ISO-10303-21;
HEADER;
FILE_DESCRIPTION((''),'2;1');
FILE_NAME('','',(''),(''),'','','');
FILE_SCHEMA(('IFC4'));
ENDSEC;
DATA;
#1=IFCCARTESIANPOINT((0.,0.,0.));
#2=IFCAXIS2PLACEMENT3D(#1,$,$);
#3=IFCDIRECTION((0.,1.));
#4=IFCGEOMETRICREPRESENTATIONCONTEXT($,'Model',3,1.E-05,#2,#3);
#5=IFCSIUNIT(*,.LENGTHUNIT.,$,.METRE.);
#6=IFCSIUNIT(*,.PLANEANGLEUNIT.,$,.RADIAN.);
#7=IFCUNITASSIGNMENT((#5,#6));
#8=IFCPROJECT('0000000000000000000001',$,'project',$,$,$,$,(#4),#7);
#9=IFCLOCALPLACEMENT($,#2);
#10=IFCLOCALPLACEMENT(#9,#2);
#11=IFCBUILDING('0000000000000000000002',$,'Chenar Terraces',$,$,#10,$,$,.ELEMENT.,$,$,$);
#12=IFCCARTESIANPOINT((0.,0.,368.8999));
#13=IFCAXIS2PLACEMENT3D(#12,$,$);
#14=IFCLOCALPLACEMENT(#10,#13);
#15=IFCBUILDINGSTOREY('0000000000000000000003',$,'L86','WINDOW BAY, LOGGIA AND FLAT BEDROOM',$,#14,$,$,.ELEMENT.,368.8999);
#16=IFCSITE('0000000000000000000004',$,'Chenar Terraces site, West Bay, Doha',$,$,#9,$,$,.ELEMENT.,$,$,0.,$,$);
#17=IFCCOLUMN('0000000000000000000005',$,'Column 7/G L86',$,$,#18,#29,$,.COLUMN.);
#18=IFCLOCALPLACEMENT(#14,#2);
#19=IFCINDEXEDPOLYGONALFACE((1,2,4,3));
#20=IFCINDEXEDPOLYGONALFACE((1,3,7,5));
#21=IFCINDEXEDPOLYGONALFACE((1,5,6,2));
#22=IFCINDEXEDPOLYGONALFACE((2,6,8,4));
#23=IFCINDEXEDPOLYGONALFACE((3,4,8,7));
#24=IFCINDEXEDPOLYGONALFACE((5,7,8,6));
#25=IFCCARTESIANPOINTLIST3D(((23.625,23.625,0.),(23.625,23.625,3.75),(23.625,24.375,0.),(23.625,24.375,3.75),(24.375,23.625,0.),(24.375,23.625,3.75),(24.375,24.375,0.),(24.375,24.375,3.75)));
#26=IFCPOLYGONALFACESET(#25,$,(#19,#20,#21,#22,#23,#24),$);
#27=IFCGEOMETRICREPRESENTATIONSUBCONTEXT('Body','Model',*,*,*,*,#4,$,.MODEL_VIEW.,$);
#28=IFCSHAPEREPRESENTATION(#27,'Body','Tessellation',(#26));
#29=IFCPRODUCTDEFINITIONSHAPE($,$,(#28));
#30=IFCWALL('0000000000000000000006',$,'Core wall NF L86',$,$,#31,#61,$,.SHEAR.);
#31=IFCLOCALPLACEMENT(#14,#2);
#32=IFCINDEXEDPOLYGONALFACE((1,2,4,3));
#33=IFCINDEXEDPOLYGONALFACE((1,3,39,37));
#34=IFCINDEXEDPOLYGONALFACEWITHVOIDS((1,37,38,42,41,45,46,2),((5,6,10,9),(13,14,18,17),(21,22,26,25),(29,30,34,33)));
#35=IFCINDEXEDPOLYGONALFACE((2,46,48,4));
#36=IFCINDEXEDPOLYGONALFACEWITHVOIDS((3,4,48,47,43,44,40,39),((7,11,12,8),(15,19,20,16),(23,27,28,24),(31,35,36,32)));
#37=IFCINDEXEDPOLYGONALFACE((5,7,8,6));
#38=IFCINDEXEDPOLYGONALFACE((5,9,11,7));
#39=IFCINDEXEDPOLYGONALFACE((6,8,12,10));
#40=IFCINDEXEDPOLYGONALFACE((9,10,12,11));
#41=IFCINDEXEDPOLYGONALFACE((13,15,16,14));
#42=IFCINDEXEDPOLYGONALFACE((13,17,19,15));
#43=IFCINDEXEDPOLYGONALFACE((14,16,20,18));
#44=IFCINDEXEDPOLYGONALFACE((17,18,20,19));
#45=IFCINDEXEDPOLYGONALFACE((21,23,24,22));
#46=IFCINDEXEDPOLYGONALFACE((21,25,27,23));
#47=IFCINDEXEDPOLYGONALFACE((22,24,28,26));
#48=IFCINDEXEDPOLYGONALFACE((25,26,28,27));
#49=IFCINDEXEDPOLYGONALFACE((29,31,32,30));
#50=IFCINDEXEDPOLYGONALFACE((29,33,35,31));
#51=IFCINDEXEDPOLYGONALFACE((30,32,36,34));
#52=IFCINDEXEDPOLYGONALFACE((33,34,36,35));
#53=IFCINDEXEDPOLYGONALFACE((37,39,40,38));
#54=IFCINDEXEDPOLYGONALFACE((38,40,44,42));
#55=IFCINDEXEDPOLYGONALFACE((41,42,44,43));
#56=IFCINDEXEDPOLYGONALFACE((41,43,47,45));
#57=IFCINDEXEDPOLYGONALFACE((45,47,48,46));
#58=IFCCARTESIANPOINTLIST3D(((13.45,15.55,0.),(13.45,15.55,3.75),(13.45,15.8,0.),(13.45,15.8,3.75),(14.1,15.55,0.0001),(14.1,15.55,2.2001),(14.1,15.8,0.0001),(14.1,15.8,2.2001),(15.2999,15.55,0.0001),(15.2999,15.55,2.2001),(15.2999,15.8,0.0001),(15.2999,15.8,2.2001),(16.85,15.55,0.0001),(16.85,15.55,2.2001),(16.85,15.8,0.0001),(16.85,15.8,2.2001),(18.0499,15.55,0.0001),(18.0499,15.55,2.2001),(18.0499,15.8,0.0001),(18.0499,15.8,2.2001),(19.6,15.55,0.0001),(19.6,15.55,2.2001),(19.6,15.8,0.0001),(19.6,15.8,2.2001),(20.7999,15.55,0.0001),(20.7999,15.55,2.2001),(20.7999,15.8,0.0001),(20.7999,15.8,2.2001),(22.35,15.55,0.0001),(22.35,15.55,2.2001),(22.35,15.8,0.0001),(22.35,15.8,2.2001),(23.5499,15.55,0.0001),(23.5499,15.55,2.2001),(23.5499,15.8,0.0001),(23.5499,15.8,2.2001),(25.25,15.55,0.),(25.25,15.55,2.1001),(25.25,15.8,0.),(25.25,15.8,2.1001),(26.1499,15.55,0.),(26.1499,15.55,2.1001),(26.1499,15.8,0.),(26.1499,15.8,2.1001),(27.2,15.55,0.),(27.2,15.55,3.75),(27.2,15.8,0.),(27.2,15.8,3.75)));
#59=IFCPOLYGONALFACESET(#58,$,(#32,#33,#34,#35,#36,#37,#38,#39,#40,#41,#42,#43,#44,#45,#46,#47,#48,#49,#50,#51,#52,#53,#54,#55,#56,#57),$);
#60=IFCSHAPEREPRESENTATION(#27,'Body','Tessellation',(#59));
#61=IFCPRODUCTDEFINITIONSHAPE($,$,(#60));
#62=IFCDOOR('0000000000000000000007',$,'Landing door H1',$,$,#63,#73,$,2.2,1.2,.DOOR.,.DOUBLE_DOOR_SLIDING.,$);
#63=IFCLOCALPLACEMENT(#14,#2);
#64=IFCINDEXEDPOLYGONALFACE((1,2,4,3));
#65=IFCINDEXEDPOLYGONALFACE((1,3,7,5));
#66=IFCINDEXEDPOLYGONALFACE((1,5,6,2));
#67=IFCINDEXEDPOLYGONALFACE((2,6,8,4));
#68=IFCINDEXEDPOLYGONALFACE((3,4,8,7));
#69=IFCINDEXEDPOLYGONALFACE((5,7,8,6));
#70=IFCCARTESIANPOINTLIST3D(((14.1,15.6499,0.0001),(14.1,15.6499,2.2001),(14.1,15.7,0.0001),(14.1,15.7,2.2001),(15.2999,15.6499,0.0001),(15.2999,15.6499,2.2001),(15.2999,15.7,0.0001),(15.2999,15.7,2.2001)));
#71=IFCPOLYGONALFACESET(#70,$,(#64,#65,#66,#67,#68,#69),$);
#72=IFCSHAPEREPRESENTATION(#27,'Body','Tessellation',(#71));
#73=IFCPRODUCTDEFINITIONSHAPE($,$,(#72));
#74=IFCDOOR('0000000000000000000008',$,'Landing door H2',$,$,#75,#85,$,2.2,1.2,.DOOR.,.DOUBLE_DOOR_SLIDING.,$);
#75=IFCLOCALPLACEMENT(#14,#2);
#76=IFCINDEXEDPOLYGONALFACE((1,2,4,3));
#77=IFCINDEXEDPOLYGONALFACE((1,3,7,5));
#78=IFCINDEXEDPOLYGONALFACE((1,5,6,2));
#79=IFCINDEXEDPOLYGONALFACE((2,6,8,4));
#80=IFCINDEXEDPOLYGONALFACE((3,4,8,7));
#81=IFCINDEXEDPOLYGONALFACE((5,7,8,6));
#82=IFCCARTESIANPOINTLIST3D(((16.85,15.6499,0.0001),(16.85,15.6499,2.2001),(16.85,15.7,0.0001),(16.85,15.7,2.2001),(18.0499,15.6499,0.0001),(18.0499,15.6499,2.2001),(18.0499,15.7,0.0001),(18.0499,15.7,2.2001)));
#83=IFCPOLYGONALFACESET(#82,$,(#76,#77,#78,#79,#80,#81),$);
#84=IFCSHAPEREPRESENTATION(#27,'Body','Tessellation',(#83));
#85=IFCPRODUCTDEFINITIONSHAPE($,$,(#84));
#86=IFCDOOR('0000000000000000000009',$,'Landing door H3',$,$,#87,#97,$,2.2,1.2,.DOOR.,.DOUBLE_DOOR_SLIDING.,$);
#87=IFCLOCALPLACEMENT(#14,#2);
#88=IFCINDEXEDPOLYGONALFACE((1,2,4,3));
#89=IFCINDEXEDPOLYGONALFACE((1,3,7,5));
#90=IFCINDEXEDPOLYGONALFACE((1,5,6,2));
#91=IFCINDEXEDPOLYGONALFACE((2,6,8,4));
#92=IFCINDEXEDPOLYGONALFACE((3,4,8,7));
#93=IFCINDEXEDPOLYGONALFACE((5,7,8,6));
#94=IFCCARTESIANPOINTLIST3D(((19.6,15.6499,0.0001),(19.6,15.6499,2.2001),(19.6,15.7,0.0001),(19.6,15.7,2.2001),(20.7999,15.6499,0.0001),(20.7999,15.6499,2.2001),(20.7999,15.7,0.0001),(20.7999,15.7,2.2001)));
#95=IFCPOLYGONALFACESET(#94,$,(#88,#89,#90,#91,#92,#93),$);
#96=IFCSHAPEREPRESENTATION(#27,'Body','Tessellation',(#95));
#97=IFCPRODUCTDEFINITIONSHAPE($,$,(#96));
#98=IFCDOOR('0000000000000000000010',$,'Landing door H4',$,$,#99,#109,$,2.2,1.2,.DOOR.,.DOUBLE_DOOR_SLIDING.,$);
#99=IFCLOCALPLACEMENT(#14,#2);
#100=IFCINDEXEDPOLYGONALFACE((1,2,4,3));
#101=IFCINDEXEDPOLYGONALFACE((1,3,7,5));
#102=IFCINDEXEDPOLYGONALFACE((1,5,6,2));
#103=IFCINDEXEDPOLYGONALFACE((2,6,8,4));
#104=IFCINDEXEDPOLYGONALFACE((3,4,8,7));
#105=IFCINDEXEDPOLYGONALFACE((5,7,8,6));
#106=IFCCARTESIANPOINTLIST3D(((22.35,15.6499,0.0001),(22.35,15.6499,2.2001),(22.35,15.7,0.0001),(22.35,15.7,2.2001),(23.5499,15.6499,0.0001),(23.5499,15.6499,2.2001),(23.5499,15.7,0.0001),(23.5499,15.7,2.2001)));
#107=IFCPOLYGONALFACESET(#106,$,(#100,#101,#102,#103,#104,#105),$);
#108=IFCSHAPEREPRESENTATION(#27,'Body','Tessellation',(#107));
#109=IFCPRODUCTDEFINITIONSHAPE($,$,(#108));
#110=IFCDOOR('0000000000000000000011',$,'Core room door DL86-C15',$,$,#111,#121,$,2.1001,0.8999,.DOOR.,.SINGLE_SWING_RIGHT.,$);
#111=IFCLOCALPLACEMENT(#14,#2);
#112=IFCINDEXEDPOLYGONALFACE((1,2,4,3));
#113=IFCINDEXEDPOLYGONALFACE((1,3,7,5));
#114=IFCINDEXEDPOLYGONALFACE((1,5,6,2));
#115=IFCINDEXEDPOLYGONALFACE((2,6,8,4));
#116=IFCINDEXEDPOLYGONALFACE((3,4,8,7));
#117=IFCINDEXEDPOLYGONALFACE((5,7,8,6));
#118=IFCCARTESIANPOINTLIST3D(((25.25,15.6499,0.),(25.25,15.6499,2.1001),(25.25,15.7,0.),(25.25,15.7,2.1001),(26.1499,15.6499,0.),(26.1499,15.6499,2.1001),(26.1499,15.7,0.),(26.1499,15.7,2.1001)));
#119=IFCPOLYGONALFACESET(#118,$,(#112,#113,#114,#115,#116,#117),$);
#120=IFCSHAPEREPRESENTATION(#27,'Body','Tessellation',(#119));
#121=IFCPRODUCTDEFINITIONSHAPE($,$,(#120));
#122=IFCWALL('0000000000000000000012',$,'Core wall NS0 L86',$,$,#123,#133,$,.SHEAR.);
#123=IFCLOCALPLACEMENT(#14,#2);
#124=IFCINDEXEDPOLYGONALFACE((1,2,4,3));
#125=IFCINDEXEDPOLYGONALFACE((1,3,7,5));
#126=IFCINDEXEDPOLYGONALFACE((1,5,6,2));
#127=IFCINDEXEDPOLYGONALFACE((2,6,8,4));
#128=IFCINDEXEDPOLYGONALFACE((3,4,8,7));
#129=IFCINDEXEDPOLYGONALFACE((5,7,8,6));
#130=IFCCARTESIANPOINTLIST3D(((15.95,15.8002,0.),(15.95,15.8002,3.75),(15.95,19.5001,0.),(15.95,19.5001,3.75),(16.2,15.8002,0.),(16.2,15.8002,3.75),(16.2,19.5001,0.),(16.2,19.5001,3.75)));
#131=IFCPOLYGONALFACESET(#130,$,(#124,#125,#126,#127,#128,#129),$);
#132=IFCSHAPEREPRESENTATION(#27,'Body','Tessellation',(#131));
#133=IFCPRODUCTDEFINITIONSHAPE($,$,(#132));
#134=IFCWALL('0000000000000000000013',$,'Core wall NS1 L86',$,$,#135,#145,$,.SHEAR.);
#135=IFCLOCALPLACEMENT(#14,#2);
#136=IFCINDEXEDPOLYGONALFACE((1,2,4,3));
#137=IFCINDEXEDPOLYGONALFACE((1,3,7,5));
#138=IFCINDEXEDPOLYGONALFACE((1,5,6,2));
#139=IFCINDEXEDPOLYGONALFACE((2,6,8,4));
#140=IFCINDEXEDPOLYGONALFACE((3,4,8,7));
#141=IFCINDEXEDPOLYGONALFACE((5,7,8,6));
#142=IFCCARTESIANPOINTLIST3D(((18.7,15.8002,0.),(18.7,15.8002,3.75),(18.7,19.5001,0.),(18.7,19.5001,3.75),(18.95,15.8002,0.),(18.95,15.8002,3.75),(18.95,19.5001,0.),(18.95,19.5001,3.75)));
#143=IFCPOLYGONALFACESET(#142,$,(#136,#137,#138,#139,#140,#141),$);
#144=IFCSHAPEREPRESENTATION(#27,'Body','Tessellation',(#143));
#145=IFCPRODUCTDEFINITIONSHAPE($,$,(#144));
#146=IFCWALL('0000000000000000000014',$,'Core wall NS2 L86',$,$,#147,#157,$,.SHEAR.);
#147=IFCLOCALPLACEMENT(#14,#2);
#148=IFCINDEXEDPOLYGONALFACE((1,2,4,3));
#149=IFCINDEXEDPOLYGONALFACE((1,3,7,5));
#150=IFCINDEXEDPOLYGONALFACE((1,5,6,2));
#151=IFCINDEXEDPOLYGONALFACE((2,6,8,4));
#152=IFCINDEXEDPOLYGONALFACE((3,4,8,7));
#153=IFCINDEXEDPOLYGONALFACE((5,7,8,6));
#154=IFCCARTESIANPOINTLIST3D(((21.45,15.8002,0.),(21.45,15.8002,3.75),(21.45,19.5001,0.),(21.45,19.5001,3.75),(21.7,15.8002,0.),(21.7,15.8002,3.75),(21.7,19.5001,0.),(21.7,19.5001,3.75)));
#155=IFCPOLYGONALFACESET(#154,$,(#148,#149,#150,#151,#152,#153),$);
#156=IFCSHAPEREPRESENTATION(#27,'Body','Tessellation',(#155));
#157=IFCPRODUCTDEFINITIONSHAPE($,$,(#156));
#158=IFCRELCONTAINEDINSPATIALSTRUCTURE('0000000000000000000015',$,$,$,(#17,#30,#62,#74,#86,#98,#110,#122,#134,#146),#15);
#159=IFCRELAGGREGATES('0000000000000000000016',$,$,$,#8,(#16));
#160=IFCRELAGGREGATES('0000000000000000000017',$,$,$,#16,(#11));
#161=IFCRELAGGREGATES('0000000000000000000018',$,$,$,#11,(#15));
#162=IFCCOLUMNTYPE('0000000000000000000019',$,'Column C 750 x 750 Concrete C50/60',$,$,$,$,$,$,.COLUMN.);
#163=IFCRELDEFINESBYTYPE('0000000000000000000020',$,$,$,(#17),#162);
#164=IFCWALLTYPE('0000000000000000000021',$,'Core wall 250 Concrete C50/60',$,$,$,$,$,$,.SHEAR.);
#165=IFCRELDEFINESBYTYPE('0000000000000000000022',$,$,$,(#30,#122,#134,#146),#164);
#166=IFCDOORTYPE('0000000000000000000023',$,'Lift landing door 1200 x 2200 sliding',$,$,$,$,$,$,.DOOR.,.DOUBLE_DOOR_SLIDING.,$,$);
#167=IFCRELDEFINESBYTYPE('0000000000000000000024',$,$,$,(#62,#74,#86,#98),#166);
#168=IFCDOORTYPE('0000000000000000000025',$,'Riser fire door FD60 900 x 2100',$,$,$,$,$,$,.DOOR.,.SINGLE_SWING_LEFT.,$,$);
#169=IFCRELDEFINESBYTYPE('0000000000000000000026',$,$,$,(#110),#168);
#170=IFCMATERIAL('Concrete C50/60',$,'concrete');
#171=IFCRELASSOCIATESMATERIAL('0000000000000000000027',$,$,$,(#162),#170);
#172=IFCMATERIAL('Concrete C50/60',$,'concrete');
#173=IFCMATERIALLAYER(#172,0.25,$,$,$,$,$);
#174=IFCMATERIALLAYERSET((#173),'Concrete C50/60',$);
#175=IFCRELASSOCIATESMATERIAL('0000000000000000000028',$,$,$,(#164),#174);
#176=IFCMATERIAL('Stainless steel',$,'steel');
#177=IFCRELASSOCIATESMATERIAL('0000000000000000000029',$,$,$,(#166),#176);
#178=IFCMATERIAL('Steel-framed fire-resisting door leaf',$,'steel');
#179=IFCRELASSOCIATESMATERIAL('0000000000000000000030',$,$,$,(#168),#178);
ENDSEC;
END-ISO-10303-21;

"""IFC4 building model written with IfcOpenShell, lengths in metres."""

from ifc_helpers import new_model, si_unit, direction, frame, frame_2d, origin, origin_2d, place, context, subcontext, project, spatial, rectangle, extrude, material, layer, layer_set, material_profile, profile_set, type_object, element, fill, save


model = new_model("IFC4")

# Units and contexts
model_context = context("Model", 3, precision=1e-05, world=origin(), true_north=direction((0.0, 1.0)))
body_context = subcontext(model_context, "Body", "Model", "MODEL_VIEW")
ifc_project = project(units=[si_unit("LENGTHUNIT", "METRE"), si_unit("PLANEANGLEUNIT", "RADIAN")], contexts=[model_context])

# Site, building, storey
site_placement = place(None, origin())
site = spatial("IfcSite", under=ifc_project, at=site_placement, Name="Chenar Terraces site, West Bay, Doha", CompositionType="ELEMENT", RefElevation=0.0)
building_placement = place(site_placement, origin())
building = spatial("IfcBuilding", under=site, at=building_placement, Name="Chenar Terraces", CompositionType="ELEMENT")
storey_placement = place(building_placement, frame((0.0, 0.0, 368.8999)))
storey = spatial("IfcBuildingStorey", under=building, at=storey_placement, Name="L86", Description="WINDOW BAY, LOGGIA AND FLAT BEDROOM", CompositionType="ELEMENT", Elevation=368.8999)

# Column
ifc_material_1 = material(Name="Concrete C50/60", Category="concrete")
ifc_material_profile = material_profile(ifc_material_1, rectangle(XDim=0.75, YDim=0.75, at=origin_2d()), Name="C 750 x 750")
ifc_profile_set = profile_set([ifc_material_profile], Name="Concrete C50/60")
column_type = type_object("IfcColumnType", Name="Column C 750 x 750 Concrete C50/60", PredefinedType="COLUMN", material=ifc_profile_set)
column_placement = place(storey_placement, frame((24.0, 24.0, 0.0), z_axis=(0.0, 0.0, 1.0), x_axis=(1.0, 0.0, 0.0)))
element("IfcColumn", 1, at=column_placement, inside=storey, type_object=column_type, Name="Column 7/G L86", PredefinedType="COLUMN", context=body_context, shape_type="SweptSolid", body=[
    extrude(rectangle(XDim=0.75, YDim=0.75, at=origin_2d()), origin(), (0.0, 0.0, 1.0), 3.75),
])

# Wall, openings, doors
ifc_material_2 = material(Name="Concrete C50/60", Category="concrete")
ifc_layer_1 = layer(ifc_material_2, 0.25)
ifc_layer_set_1 = layer_set([ifc_layer_1], Name="Concrete C50/60")
wall_type_1 = type_object("IfcWallType", Name="Core wall 250 Concrete C50/60", PredefinedType="SHEAR", material=ifc_layer_set_1)
wall_1_placement = place(storey_placement, frame((13.45, 15.675, 0.0), z_axis=(0.0, 0.0, 1.0), x_axis=(1.0, 0.0, 0.0)))
wall_1 = element("IfcWall", 2, at=wall_1_placement, inside=storey, type_object=wall_type_1, Name="Core wall NF L86", PredefinedType="SHEAR", context=body_context, shape_type="SweptSolid", body=[
    extrude(rectangle(XDim=13.75, YDim=0.25, at=frame_2d((6.875, 0.0))), origin(), (0.0, 0.0, 1.0), 3.75),
])
opening_1_placement = place(wall_1_placement, frame((0.6499, 0.0, 0.0)))
opening_1 = element("IfcOpeningElement", 3, at=opening_1_placement, cuts=wall_1, PredefinedType="OPENING", context=body_context, shape_type="SweptSolid", body=[
    extrude(rectangle(XDim=1.2, YDim=2.2, at=frame_2d((0.6001, 1.1001))), frame((0.0, 0.135, 0.0), z_axis=(0.0, -1.0, 0.0), x_axis=(1.0, 0.0, 0.0)), (0.0, 0.0, 1.0), 0.27),
])
opening_2_placement = place(wall_1_placement, frame((3.3999, 0.0, 0.0)))
opening_2 = element("IfcOpeningElement", 4, at=opening_2_placement, cuts=wall_1, PredefinedType="OPENING", context=body_context, shape_type="SweptSolid", body=[
    extrude(rectangle(XDim=1.2, YDim=2.2, at=frame_2d((0.6001, 1.1001))), frame((0.0, 0.135, 0.0), z_axis=(0.0, -1.0, 0.0), x_axis=(1.0, 0.0, 0.0)), (0.0, 0.0, 1.0), 0.27),
])
opening_3_placement = place(wall_1_placement, frame((6.1499, 0.0, 0.0)))
opening_3 = element("IfcOpeningElement", 5, at=opening_3_placement, cuts=wall_1, PredefinedType="OPENING", context=body_context, shape_type="SweptSolid", body=[
    extrude(rectangle(XDim=1.2, YDim=2.2, at=frame_2d((0.6001, 1.1001))), frame((0.0, 0.135, 0.0), z_axis=(0.0, -1.0, 0.0), x_axis=(1.0, 0.0, 0.0)), (0.0, 0.0, 1.0), 0.27),
])
opening_4_placement = place(wall_1_placement, frame((8.8999, 0.0, 0.0)))
opening_4 = element("IfcOpeningElement", 6, at=opening_4_placement, cuts=wall_1, PredefinedType="OPENING", context=body_context, shape_type="SweptSolid", body=[
    extrude(rectangle(XDim=1.2, YDim=2.2, at=frame_2d((0.6001, 1.1001))), frame((0.0, 0.135, 0.0), z_axis=(0.0, -1.0, 0.0), x_axis=(1.0, 0.0, 0.0)), (0.0, 0.0, 1.0), 0.27),
])
opening_5_placement = place(wall_1_placement, frame((11.8, 0.0, 0.0)))
opening_5 = element("IfcOpeningElement", 7, at=opening_5_placement, cuts=wall_1, PredefinedType="OPENING", context=body_context, shape_type="SweptSolid", body=[
    extrude(rectangle(XDim=0.8999, YDim=2.1001, at=frame_2d((0.45, 1.05))), frame((0.0, 0.135, 0.0), z_axis=(0.0, -1.0, 0.0), x_axis=(1.0, 0.0, 0.0)), (0.0, 0.0, 1.0), 0.27),
])
ifc_material_3 = material(Name="Stainless steel", Category="steel")
door_type_1 = type_object("IfcDoorType", Name="Lift landing door 1200 x 2200 sliding", OperationType="DOUBLE_DOOR_SLIDING", PredefinedType="DOOR", material=ifc_material_3)
door_1_placement = place(opening_1_placement, origin())
door_1 = element("IfcDoor", 8, at=door_1_placement, inside=storey, type_object=door_type_1, Name="Landing door H1", OperationType="DOUBLE_DOOR_SLIDING", OverallHeight=2.2, OverallWidth=1.2, PredefinedType="DOOR", context=body_context, shape_type="SweptSolid", body=[
    extrude(rectangle(XDim=1.2, YDim=2.2, at=frame_2d((0.6001, 1.1001))), frame((0.0, 0.0249, 0.0), z_axis=(0.0, -1.0, 0.0), x_axis=(1.0, 0.0, 0.0)), (0.0, 0.0, 1.0), 0.05),
])
fill(opening_1, door_1)
door_2_placement = place(opening_2_placement, origin())
door_2 = element("IfcDoor", 9, at=door_2_placement, inside=storey, type_object=door_type_1, Name="Landing door H2", OperationType="DOUBLE_DOOR_SLIDING", OverallHeight=2.2, OverallWidth=1.2, PredefinedType="DOOR", context=body_context, shape_type="SweptSolid", body=[
    extrude(rectangle(XDim=1.2, YDim=2.2, at=frame_2d((0.6001, 1.1001))), frame((0.0, 0.0249, 0.0), z_axis=(0.0, -1.0, 0.0), x_axis=(1.0, 0.0, 0.0)), (0.0, 0.0, 1.0), 0.05),
])
fill(opening_2, door_2)
door_3_placement = place(opening_3_placement, origin())
door_3 = element("IfcDoor", 10, at=door_3_placement, inside=storey, type_object=door_type_1, Name="Landing door H3", OperationType="DOUBLE_DOOR_SLIDING", OverallHeight=2.2, OverallWidth=1.2, PredefinedType="DOOR", context=body_context, shape_type="SweptSolid", body=[
    extrude(rectangle(XDim=1.2, YDim=2.2, at=frame_2d((0.6001, 1.1001))), frame((0.0, 0.0249, 0.0), z_axis=(0.0, -1.0, 0.0), x_axis=(1.0, 0.0, 0.0)), (0.0, 0.0, 1.0), 0.05),
])
fill(opening_3, door_3)
door_4_placement = place(opening_4_placement, origin())
door_4 = element("IfcDoor", 11, at=door_4_placement, inside=storey, type_object=door_type_1, Name="Landing door H4", OperationType="DOUBLE_DOOR_SLIDING", OverallHeight=2.2, OverallWidth=1.2, PredefinedType="DOOR", context=body_context, shape_type="SweptSolid", body=[
    extrude(rectangle(XDim=1.2, YDim=2.2, at=frame_2d((0.6001, 1.1001))), frame((0.0, 0.0249, 0.0), z_axis=(0.0, -1.0, 0.0), x_axis=(1.0, 0.0, 0.0)), (0.0, 0.0, 1.0), 0.05),
])
fill(opening_4, door_4)
ifc_material_4 = material(Name="Steel-framed fire-resisting door leaf", Category="steel")
door_type_2 = type_object("IfcDoorType", Name="Riser fire door FD60 900 x 2100", OperationType="SINGLE_SWING_LEFT", PredefinedType="DOOR", material=ifc_material_4)
door_5_placement = place(opening_5_placement, origin())
door_5 = element("IfcDoor", 12, at=door_5_placement, inside=storey, type_object=door_type_2, Name="Core room door DL86-C15", OperationType="SINGLE_SWING_RIGHT", OverallHeight=2.1001, OverallWidth=0.8999, PredefinedType="DOOR", context=body_context, shape_type="SweptSolid", body=[
    extrude(rectangle(XDim=0.8999, YDim=2.1001, at=frame_2d((0.45, 1.05))), frame((0.0, 0.0249, 0.0), z_axis=(0.0, -1.0, 0.0), x_axis=(1.0, 0.0, 0.0)), (0.0, 0.0, 1.0), 0.05),
])
fill(opening_5, door_5)

# Walls
for number, where, z_axis, x_axis, name in (
    (13, (16.075, 15.8, 0.0), (0.0, 0.0, 1.0), (0.0, 1.0, 0.0), "Core wall NS0 L86"),
    (14, (18.825, 15.8, 0.0), (0.0, 0.0, 1.0), (0.0, 1.0, 0.0), "Core wall NS1 L86"),
    (15, (21.575, 15.8, 0.0), (0.0, 0.0, 1.0), (0.0, 1.0, 0.0), "Core wall NS2 L86"),
):
    element("IfcWall", number, at=place(storey_placement, frame(where, z_axis=z_axis, x_axis=x_axis)), inside=storey, type_object=wall_type_1, Name=name, PredefinedType="SHEAR", context=body_context, shape_type="SweptSolid", body=[
        extrude(rectangle(XDim=3.7, YDim=0.25, at=frame_2d((1.8501, 0.0))), origin(), (0.0, 0.0, 1.0), 3.75),
    ])

save(model, "model.ifc")
